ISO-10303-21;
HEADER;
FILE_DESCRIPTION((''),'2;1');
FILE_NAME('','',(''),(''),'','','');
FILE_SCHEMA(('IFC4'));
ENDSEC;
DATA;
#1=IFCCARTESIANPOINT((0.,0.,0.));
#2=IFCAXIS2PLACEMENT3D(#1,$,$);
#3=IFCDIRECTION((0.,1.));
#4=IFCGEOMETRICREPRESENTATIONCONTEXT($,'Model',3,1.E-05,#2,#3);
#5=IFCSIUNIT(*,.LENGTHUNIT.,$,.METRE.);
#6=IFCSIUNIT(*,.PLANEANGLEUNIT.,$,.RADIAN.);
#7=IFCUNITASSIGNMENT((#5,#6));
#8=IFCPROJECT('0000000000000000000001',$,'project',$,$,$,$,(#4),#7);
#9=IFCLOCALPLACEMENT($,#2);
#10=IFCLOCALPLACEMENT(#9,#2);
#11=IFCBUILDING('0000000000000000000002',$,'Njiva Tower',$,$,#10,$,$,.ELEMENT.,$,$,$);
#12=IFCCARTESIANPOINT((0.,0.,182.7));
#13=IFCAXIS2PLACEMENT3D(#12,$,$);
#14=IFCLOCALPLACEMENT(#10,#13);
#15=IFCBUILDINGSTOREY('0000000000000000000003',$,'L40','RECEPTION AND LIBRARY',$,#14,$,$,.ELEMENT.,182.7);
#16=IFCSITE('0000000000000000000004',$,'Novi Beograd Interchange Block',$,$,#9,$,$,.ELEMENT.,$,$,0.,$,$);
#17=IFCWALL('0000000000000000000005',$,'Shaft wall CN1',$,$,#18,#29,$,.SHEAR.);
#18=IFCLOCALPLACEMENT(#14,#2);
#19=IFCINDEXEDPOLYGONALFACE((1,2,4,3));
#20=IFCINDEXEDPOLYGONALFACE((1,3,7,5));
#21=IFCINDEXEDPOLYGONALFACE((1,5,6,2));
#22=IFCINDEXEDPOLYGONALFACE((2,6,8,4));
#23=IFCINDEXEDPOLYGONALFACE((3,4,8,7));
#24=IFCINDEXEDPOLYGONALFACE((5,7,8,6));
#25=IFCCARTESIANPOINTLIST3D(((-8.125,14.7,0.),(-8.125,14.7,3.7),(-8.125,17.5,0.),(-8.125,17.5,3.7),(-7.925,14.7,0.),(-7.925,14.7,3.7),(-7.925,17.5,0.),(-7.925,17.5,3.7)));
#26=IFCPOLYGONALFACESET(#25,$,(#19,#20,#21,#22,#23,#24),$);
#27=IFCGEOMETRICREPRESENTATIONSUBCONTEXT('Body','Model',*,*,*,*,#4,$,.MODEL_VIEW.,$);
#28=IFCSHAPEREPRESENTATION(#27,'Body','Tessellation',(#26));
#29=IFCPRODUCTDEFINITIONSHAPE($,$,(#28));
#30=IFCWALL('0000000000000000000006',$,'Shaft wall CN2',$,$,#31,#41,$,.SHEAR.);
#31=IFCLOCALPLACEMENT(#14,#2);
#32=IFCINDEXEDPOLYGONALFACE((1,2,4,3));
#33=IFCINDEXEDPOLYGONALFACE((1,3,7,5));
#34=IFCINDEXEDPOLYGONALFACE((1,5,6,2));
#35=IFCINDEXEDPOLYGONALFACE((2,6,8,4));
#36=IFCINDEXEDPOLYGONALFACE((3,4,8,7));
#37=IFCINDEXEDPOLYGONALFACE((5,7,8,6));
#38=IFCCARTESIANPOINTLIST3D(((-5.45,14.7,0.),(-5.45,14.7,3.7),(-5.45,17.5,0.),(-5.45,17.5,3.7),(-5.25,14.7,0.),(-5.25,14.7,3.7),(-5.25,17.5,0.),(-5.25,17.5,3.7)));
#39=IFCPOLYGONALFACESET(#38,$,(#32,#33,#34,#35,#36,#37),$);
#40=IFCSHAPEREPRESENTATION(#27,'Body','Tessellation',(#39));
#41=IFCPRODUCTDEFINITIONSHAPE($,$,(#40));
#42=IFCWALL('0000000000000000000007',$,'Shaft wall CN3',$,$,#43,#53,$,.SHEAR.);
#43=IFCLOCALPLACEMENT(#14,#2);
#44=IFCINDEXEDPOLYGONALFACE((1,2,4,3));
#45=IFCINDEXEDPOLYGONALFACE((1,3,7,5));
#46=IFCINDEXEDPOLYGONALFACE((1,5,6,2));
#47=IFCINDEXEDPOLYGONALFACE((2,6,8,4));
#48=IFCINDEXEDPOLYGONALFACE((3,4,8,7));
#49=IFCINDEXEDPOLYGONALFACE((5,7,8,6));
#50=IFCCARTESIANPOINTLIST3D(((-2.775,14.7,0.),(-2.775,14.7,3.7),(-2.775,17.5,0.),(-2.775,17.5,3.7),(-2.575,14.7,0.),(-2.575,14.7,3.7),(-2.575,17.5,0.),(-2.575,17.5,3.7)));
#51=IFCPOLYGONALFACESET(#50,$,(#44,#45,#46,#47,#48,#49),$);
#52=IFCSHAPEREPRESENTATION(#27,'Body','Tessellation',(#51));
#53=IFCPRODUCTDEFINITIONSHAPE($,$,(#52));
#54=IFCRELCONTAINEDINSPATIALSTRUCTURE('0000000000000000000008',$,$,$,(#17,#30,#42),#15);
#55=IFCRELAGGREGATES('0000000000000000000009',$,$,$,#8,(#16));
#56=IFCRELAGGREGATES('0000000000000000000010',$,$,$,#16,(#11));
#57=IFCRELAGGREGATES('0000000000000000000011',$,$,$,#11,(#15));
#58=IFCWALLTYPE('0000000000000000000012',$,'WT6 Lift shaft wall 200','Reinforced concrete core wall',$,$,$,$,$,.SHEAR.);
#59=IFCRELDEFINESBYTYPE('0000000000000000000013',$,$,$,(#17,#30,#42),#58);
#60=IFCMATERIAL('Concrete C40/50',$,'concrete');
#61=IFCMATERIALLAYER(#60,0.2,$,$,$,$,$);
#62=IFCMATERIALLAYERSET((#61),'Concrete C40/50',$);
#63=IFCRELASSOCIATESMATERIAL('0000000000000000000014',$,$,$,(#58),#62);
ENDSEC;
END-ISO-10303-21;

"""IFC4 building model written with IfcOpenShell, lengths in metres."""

from ifc_helpers import new_model, si_unit, direction, frame, frame_2d, origin, place, context, subcontext, project, spatial, rectangle, extrude, material, layer, layer_set, type_object, element, save


model = new_model("IFC4")

# Units and contexts
model_context = context("Model", 3, precision=1e-05, world=origin(), true_north=direction((0.0, 1.0)))
body_context = subcontext(model_context, "Body", "Model", "MODEL_VIEW")
ifc_project = project(units=[si_unit("LENGTHUNIT", "METRE"), si_unit("PLANEANGLEUNIT", "RADIAN")], contexts=[model_context])

# Site, building, storey
site_placement = place(None, origin())
site = spatial("IfcSite", under=ifc_project, at=site_placement, Name="Novi Beograd Interchange Block", CompositionType="ELEMENT", RefElevation=0.0)
building_placement = place(site_placement, origin())
building = spatial("IfcBuilding", under=site, at=building_placement, Name="Njiva Tower", CompositionType="ELEMENT")
storey_placement = place(building_placement, frame((0.0, 0.0, 182.7)))
storey = spatial("IfcBuildingStorey", under=building, at=storey_placement, Name="L40", Description="RECEPTION AND LIBRARY", CompositionType="ELEMENT", Elevation=182.7)

# Walls
ifc_material_1 = material(Name="Concrete C40/50", Category="concrete")
ifc_layer_1 = layer(ifc_material_1, 0.2)
ifc_layer_set_1 = layer_set([ifc_layer_1], Name="Concrete C40/50")
wall_type_1 = type_object("IfcWallType", Name="WT6 Lift shaft wall 200", Description="Reinforced concrete core wall", PredefinedType="SHEAR", material=ifc_layer_set_1)
for number, where, z_axis, x_axis, name in (
    (1, (-8.025, 14.7, 0.0), (0.0, 0.0, 1.0), (0.0, 1.0, 0.0), "Shaft wall CN1"),
    (2, (-5.35, 14.7, 0.0), (0.0, 0.0, 1.0), (0.0, 1.0, 0.0), "Shaft wall CN2"),
    (3, (-2.675, 14.7, 0.0), (0.0, 0.0, 1.0), (0.0, 1.0, 0.0), "Shaft wall CN3"),
):
    element("IfcWall", number, at=place(storey_placement, frame(where, z_axis=z_axis, x_axis=x_axis)), inside=storey, type_object=wall_type_1, Name=name, PredefinedType="SHEAR", context=body_context, shape_type="SweptSolid", body=[
        extrude(rectangle(XDim=2.8, YDim=0.2, at=frame_2d((1.4, 0.0))), origin(), (0.0, 0.0, 1.0), 3.7),
    ])

save(model, "model.ifc")
